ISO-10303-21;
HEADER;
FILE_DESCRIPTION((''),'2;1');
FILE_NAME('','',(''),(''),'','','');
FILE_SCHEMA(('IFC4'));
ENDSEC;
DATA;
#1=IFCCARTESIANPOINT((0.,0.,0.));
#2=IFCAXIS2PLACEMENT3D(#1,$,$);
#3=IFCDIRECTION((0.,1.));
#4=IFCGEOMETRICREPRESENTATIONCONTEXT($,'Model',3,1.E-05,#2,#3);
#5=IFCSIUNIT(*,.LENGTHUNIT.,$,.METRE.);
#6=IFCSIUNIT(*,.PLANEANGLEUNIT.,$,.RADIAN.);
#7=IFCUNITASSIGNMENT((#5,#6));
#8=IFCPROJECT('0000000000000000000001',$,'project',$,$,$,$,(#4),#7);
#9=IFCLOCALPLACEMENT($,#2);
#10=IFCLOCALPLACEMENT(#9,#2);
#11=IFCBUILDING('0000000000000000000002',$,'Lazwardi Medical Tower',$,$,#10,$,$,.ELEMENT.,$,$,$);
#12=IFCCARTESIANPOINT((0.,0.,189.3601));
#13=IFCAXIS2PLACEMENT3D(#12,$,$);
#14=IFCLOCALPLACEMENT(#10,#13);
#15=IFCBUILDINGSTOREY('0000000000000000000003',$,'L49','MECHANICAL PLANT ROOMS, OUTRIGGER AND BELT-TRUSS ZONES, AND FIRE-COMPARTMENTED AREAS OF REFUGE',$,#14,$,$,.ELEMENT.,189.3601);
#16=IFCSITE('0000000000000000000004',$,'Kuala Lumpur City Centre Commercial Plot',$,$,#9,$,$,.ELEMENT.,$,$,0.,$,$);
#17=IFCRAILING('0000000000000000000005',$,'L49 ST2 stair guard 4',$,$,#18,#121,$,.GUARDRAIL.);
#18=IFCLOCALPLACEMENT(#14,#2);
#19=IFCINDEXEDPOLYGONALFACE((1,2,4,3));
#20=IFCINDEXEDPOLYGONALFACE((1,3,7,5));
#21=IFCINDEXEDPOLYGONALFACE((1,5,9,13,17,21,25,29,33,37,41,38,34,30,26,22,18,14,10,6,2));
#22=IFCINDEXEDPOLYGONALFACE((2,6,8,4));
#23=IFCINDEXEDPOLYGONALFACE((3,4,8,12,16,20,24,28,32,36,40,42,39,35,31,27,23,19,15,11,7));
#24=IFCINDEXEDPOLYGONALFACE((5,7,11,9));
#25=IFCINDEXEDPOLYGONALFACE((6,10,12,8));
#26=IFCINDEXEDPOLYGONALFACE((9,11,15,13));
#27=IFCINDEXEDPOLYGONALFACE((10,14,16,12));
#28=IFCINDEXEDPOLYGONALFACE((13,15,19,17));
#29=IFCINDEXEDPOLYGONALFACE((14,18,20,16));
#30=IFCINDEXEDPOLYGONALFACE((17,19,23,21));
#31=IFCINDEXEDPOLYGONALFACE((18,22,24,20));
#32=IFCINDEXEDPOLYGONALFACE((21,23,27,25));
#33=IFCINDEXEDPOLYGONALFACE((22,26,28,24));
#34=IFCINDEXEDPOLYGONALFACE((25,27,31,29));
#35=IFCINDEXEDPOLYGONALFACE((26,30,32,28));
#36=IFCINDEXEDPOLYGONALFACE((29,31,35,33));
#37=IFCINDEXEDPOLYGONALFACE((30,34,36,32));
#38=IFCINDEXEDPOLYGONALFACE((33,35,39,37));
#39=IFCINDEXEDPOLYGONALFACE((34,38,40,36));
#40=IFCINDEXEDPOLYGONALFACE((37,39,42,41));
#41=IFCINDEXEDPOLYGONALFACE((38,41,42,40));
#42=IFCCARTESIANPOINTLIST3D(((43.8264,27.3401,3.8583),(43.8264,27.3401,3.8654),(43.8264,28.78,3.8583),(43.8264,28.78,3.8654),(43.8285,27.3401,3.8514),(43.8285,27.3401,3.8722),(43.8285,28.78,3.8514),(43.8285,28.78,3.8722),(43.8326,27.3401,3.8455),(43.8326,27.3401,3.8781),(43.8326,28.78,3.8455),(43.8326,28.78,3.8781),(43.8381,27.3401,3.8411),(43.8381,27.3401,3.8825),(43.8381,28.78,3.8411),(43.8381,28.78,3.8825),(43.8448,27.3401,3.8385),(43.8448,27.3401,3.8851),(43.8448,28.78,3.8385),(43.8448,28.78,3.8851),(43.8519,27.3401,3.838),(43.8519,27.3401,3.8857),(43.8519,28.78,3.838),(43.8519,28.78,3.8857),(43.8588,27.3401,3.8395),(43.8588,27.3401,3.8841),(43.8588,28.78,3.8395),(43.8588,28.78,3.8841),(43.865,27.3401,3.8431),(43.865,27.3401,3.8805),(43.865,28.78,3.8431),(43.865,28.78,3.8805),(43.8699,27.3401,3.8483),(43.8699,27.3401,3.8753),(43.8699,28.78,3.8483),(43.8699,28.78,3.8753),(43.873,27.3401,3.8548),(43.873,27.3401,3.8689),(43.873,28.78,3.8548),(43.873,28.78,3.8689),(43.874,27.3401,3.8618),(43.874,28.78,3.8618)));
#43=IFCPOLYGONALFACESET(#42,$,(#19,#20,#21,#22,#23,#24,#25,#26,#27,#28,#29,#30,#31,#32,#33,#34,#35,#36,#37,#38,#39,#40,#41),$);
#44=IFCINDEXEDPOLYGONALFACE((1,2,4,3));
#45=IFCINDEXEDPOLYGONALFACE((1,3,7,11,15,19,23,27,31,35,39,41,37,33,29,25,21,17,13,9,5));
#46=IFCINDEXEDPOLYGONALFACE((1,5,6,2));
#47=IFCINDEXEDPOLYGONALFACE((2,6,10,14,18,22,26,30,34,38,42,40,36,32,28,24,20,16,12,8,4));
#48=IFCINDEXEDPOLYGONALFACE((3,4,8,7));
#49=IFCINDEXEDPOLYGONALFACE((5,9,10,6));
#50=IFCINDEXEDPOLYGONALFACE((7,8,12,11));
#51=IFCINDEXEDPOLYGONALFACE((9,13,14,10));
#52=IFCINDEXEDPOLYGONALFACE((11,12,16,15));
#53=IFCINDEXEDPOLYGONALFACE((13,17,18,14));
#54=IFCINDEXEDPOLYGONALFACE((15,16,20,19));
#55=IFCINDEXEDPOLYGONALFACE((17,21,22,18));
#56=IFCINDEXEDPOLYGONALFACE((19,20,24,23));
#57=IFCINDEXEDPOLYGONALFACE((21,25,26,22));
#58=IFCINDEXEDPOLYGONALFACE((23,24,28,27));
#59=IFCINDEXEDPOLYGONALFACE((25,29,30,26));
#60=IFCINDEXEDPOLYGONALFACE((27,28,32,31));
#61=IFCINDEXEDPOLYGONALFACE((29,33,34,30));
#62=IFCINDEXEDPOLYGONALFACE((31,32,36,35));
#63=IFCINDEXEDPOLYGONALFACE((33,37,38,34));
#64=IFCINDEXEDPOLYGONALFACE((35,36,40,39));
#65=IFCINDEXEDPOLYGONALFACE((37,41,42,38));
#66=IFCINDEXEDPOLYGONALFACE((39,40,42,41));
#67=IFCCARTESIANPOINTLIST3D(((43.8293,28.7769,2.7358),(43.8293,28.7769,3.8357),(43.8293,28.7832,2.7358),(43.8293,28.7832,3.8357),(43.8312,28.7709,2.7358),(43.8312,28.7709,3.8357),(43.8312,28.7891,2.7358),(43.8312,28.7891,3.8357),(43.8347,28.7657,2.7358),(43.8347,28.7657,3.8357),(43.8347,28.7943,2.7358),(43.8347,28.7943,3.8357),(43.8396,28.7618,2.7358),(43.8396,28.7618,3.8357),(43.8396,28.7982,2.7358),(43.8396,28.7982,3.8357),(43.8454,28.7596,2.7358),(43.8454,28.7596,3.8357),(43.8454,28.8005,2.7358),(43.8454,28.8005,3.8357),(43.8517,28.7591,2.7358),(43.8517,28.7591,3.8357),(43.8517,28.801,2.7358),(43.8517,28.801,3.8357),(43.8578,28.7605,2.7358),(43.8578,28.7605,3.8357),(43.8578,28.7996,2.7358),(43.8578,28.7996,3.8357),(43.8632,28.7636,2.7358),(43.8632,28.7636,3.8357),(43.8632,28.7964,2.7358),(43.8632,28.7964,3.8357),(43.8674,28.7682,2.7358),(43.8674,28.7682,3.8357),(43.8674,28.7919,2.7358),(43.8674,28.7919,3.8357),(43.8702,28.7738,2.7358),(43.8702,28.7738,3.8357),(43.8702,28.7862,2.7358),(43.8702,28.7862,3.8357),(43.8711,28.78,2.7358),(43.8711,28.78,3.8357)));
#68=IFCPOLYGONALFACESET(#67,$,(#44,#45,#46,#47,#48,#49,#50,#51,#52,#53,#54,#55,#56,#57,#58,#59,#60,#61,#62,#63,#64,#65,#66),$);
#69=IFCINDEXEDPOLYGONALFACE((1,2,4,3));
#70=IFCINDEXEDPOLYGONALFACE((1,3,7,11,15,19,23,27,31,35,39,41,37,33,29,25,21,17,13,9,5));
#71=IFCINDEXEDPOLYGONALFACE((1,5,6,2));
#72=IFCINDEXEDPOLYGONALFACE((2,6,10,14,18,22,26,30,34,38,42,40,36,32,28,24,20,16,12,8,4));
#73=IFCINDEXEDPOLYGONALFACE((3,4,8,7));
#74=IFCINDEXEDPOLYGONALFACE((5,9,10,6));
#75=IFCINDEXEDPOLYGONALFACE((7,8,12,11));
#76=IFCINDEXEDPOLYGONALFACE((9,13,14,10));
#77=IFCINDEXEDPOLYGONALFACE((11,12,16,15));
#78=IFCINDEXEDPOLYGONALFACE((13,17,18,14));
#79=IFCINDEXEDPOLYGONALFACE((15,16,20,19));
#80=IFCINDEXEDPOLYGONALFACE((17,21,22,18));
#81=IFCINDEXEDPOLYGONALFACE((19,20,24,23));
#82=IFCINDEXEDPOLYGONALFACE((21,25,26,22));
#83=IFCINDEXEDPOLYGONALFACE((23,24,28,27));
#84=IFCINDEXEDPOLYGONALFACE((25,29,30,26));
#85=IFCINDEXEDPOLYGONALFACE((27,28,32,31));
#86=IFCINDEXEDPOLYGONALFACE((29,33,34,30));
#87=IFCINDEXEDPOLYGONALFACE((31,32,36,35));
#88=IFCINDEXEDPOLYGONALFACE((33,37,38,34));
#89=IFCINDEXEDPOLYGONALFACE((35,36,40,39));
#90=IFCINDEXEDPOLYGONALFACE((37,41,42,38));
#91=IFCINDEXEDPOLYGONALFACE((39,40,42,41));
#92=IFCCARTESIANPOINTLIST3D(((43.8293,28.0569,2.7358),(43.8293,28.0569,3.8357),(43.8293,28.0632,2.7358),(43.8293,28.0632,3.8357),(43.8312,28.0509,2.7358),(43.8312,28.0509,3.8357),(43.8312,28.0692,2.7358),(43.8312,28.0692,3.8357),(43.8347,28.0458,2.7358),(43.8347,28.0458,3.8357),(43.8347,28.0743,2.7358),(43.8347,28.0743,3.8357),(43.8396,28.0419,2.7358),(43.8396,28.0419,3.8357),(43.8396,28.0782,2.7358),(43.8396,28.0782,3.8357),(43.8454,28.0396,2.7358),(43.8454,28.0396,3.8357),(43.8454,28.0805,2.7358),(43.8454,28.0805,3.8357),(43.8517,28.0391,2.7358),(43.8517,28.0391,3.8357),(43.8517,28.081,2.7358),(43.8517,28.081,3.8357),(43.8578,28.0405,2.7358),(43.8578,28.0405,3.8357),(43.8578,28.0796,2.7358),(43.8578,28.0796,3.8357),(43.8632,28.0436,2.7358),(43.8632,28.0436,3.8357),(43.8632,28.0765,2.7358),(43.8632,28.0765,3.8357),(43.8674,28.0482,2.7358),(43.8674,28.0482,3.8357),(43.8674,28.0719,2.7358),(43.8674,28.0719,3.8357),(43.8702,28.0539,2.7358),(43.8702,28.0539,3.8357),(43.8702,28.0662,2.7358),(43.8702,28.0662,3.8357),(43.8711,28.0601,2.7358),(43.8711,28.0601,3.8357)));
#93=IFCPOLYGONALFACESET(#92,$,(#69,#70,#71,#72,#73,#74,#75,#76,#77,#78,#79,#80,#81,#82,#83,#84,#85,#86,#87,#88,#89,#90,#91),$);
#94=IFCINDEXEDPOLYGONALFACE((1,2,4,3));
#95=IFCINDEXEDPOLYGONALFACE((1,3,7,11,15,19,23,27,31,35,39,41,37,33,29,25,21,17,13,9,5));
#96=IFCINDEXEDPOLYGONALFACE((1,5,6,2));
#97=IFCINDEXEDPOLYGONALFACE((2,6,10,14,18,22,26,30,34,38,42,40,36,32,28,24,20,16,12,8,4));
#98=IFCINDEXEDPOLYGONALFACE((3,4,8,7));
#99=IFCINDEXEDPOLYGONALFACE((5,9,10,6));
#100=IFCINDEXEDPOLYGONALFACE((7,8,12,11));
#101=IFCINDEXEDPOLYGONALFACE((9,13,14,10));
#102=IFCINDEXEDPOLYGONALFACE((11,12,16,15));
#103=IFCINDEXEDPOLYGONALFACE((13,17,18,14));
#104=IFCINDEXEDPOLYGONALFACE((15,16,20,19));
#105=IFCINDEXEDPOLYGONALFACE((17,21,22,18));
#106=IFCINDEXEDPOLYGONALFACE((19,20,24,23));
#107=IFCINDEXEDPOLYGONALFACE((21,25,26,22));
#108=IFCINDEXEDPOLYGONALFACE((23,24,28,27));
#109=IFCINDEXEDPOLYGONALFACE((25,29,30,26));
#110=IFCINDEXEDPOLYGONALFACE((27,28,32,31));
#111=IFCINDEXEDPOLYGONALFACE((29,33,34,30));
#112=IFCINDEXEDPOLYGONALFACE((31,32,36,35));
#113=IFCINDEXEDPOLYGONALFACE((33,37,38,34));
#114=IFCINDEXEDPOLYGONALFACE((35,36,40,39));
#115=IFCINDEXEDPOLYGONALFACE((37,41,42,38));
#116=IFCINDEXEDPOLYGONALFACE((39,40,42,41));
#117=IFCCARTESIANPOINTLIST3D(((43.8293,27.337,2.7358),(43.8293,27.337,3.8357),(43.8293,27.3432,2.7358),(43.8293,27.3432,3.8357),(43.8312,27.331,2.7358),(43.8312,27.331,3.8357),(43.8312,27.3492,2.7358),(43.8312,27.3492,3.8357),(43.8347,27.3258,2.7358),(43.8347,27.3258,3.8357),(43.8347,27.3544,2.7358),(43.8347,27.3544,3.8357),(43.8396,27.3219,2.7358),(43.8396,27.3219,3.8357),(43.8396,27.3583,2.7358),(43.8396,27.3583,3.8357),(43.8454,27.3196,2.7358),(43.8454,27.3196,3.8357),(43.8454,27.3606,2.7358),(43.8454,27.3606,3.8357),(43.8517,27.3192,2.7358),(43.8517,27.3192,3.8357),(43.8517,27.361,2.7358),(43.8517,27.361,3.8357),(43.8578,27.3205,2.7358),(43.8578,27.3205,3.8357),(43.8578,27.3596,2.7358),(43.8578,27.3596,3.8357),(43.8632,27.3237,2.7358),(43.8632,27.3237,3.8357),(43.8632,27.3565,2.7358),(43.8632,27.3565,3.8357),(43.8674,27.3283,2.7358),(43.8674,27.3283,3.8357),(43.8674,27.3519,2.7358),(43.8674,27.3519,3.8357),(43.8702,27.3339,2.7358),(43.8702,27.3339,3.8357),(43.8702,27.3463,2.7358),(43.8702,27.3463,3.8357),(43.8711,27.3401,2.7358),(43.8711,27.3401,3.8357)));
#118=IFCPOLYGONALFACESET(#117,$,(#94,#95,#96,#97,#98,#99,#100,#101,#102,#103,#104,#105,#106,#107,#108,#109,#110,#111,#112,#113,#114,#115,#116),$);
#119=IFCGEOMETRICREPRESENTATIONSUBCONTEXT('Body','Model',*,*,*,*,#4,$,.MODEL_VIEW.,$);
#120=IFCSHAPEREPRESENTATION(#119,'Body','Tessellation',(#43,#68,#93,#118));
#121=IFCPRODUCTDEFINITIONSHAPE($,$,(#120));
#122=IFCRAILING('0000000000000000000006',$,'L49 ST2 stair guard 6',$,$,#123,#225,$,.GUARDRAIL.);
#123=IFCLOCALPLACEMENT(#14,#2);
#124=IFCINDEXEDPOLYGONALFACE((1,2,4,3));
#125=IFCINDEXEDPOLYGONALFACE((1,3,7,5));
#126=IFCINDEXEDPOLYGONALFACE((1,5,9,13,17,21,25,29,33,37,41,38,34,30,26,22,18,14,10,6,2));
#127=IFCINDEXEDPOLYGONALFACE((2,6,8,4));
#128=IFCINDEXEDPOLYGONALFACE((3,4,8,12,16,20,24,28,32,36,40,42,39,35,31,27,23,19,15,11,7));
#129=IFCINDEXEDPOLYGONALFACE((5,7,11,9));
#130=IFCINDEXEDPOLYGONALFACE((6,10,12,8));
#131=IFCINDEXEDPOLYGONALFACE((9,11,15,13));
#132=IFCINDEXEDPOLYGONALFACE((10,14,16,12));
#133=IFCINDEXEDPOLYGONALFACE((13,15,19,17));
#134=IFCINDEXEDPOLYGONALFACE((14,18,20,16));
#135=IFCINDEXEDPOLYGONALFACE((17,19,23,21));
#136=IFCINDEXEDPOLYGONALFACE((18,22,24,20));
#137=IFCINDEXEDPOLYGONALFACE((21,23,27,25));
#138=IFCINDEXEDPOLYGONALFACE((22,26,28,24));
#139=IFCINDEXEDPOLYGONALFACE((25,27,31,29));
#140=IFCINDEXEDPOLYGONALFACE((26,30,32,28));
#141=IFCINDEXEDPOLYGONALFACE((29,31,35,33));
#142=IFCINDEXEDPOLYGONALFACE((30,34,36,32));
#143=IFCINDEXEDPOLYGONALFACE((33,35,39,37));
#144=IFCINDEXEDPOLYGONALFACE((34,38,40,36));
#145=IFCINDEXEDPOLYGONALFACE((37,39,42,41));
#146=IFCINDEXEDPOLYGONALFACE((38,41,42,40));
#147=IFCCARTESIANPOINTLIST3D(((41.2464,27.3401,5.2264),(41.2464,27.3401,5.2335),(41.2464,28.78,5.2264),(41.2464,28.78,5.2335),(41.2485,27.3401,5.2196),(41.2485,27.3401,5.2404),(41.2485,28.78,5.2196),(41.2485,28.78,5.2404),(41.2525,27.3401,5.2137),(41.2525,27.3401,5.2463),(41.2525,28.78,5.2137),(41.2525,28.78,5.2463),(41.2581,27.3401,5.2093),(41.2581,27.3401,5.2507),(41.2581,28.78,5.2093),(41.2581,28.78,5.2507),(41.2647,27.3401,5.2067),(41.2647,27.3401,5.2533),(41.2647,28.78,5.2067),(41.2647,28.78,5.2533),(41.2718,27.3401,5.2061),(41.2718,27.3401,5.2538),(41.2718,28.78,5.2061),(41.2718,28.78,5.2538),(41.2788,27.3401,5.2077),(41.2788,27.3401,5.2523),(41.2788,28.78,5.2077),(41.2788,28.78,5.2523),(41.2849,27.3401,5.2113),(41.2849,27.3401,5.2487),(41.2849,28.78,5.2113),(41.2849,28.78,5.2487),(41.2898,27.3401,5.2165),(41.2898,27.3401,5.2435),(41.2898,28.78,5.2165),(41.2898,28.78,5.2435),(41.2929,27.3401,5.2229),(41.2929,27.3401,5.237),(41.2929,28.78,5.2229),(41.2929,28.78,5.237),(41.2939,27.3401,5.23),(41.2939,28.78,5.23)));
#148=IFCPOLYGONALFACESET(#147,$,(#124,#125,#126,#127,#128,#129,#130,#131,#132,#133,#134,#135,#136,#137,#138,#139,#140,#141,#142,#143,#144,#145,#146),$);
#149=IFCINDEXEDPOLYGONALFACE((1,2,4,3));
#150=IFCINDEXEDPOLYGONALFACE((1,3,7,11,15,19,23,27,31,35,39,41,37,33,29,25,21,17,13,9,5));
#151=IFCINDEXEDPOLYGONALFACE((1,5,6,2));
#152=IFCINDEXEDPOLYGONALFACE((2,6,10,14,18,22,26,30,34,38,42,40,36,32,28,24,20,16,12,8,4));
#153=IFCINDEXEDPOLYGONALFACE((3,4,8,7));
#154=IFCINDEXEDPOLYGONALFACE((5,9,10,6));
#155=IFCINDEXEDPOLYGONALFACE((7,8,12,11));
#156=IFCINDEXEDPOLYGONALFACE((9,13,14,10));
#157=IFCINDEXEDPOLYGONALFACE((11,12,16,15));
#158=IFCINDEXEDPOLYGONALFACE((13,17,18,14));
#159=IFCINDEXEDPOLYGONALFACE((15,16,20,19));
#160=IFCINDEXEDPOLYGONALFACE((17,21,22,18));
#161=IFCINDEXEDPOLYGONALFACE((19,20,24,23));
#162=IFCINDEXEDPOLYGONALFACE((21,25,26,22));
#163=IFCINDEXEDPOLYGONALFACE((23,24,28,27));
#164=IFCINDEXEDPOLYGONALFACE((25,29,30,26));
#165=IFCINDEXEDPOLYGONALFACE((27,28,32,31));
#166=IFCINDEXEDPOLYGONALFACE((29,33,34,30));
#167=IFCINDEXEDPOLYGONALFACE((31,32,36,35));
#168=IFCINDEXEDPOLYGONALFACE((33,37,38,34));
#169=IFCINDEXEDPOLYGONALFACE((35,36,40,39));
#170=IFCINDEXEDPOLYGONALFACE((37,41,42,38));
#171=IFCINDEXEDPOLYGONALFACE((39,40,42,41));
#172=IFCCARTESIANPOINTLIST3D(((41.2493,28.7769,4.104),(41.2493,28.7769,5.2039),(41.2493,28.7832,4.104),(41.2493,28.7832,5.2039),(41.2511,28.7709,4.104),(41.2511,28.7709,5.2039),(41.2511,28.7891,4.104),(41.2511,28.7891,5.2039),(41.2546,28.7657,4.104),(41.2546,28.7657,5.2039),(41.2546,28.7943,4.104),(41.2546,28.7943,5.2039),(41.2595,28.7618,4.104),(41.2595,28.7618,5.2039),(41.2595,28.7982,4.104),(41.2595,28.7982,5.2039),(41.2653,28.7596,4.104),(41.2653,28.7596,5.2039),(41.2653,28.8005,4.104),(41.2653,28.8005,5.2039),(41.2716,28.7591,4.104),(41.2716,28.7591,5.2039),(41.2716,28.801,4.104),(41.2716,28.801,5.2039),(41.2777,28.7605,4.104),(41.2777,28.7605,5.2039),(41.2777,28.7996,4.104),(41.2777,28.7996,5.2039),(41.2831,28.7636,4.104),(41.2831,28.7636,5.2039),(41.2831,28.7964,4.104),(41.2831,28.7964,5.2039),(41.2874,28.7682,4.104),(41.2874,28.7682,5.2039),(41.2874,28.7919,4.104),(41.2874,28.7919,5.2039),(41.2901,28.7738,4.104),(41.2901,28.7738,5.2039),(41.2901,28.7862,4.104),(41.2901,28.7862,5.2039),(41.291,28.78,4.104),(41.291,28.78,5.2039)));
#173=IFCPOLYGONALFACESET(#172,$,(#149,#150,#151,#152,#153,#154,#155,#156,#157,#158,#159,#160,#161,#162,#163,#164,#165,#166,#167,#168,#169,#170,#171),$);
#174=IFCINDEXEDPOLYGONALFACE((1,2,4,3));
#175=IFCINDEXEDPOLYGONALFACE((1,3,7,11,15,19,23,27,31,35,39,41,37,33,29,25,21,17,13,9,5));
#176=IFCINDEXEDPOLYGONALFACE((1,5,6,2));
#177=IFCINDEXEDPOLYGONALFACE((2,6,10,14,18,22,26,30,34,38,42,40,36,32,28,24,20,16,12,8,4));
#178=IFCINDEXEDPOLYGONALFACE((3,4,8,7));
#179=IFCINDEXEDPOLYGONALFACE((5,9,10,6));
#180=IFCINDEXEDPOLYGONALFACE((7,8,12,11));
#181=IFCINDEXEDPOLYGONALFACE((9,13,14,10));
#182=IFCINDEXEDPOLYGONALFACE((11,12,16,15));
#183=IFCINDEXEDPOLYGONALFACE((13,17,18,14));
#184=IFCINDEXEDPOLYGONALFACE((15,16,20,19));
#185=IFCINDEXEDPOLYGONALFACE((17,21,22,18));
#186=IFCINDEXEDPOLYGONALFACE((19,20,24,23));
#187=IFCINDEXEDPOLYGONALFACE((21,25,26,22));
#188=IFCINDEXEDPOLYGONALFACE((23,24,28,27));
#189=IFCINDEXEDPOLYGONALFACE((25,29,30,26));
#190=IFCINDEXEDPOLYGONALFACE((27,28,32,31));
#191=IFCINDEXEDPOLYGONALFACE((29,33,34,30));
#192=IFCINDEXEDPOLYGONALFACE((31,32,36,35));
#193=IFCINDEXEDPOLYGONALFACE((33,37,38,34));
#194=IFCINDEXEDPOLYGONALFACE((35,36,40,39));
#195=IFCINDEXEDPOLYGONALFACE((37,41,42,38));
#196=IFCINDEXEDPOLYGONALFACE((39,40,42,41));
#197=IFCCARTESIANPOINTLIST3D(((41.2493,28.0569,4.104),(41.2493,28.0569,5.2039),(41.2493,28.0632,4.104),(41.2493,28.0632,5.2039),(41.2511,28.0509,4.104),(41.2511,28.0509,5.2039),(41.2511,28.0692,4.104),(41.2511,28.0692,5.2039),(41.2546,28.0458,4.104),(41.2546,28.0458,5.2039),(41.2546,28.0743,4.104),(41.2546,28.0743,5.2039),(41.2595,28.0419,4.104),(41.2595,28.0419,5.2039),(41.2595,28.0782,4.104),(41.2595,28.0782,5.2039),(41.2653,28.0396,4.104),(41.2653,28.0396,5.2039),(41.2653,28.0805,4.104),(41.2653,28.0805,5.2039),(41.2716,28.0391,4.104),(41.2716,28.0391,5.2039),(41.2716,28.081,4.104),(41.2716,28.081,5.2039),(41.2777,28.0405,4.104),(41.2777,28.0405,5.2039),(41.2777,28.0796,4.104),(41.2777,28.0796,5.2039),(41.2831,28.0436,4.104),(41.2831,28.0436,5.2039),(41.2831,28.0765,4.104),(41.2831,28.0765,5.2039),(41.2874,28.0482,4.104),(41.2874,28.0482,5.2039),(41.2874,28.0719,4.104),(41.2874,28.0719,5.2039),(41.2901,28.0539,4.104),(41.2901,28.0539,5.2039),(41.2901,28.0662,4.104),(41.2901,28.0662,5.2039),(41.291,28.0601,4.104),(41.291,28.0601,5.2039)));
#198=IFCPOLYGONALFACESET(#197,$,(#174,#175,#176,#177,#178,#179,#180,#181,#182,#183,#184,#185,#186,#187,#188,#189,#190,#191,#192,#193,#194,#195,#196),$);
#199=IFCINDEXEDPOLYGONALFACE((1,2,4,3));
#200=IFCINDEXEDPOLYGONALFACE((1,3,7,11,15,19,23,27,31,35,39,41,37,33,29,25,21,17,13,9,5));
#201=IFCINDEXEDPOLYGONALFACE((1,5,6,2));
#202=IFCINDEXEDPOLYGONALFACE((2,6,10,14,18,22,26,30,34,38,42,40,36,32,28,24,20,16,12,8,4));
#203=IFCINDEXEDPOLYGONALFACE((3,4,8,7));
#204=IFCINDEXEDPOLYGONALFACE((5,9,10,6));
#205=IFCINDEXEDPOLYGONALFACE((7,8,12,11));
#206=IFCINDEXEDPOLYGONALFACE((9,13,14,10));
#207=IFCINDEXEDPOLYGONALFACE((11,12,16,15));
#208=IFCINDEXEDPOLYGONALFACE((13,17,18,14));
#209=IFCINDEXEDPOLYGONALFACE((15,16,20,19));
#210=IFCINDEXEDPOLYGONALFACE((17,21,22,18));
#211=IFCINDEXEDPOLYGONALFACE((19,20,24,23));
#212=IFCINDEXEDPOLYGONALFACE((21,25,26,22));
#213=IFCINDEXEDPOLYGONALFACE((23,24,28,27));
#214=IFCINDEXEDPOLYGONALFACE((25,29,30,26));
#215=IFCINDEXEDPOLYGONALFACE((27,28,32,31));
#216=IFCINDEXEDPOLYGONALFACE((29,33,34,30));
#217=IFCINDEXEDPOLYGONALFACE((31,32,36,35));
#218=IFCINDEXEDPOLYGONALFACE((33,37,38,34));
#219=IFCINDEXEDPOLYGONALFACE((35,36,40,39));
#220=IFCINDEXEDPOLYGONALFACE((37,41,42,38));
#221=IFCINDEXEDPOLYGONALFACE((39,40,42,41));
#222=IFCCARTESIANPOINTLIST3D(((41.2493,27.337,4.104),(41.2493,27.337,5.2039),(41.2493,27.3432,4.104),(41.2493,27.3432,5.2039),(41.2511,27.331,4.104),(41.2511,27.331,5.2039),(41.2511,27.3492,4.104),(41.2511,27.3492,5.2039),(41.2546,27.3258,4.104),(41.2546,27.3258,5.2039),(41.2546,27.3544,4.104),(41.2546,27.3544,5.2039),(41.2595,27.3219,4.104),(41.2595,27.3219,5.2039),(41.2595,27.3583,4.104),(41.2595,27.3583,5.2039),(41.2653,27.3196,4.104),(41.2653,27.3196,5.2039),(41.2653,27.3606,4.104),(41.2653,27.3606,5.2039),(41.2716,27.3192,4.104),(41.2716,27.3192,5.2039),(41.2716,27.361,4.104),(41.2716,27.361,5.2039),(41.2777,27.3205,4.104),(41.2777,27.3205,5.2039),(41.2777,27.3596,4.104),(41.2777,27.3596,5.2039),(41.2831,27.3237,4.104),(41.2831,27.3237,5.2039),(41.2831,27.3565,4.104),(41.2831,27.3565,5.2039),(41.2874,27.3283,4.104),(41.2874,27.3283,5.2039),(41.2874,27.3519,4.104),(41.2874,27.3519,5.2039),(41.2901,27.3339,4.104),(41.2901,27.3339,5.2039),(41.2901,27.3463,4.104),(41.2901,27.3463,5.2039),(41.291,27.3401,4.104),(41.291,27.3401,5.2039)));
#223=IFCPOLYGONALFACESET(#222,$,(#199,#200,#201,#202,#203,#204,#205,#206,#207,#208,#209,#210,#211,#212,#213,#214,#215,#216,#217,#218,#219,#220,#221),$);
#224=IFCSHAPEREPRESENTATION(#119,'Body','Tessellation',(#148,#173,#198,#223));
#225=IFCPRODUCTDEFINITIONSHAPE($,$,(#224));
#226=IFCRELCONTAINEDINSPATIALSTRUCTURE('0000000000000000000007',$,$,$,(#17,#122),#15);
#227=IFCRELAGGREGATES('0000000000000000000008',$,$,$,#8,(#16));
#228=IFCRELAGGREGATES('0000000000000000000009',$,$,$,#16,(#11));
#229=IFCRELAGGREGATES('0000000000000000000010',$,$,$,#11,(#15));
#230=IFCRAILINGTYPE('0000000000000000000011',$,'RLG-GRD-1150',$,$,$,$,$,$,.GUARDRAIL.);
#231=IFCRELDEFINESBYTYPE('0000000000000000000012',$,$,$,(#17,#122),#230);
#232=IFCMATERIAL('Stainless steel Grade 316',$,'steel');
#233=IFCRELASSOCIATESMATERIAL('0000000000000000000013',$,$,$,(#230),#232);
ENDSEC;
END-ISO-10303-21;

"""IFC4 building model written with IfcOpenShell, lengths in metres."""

from ifc_helpers import new_model, si_unit, direction, frame, origin, origin_2d, place, context, subcontext, project, spatial, circle, extrude, material, type_object, element, save


model = new_model("IFC4")

# Units and contexts
model_context = context("Model", 3, precision=1e-05, world=origin(), true_north=direction((0.0, 1.0)))
body_context = subcontext(model_context, "Body", "Model", "MODEL_VIEW")
ifc_project = project(units=[si_unit("LENGTHUNIT", "METRE"), si_unit("PLANEANGLEUNIT", "RADIAN")], contexts=[model_context])

# Site, building, storey
site_placement = place(None, origin())
site = spatial("IfcSite", under=ifc_project, at=site_placement, Name="Kuala Lumpur City Centre Commercial Plot", CompositionType="ELEMENT", RefElevation=0.0)
building_placement = place(site_placement, origin())
building = spatial("IfcBuilding", under=site, at=building_placement, Name="Lazwardi Medical Tower", CompositionType="ELEMENT")
storey_placement = place(building_placement, frame((0.0, 0.0, 189.3601)))
storey = spatial("IfcBuildingStorey", under=building, at=storey_placement, Name="L49", Description="MECHANICAL PLANT ROOMS, OUTRIGGER AND BELT-TRUSS ZONES, AND FIRE-COMPARTMENTED AREAS OF REFUGE", CompositionType="ELEMENT", Elevation=189.3601)

# Railings
ifc_material_1 = material(Name="Stainless steel Grade 316", Category="steel")
railing_type_1 = type_object("IfcRailingType", Name="RLG-GRD-1150", PredefinedType="GUARDRAIL", material=ifc_material_1)
for number, where, name in (
    (1, (43.8501, 28.78, 2.7358), "L49 ST2 stair guard 4"),
    (2, (41.27, 28.78, 4.104), "L49 ST2 stair guard 6"),
):
    element("IfcRailing", number, at=place(storey_placement, frame(where)), inside=storey, type_object=railing_type_1, Name=name, PredefinedType="GUARDRAIL", context=body_context, shape_type="SweptSolid", body=[
        extrude(circle(Radius=0.0239, at=origin_2d()), frame((0.0, 0.0, 1.126), z_axis=(0.0, -1.0, 0.0), x_axis=(1.0, 0.0, 0.0)), (0.0, 0.0, 1.0), 1.4399),
        extrude(circle(Radius=0.021, at=origin_2d()), origin(), (0.0, 0.0, 1.0), 1.0999),
        extrude(circle(Radius=0.021, at=origin_2d()), frame((0.0, -0.72, 0.0)), (0.0, 0.0, 1.0), 1.0999),
        extrude(circle(Radius=0.021, at=origin_2d()), frame((0.0, -1.4399, 0.0)), (0.0, 0.0, 1.0), 1.0999),
    ])

save(model, "model.ifc")
